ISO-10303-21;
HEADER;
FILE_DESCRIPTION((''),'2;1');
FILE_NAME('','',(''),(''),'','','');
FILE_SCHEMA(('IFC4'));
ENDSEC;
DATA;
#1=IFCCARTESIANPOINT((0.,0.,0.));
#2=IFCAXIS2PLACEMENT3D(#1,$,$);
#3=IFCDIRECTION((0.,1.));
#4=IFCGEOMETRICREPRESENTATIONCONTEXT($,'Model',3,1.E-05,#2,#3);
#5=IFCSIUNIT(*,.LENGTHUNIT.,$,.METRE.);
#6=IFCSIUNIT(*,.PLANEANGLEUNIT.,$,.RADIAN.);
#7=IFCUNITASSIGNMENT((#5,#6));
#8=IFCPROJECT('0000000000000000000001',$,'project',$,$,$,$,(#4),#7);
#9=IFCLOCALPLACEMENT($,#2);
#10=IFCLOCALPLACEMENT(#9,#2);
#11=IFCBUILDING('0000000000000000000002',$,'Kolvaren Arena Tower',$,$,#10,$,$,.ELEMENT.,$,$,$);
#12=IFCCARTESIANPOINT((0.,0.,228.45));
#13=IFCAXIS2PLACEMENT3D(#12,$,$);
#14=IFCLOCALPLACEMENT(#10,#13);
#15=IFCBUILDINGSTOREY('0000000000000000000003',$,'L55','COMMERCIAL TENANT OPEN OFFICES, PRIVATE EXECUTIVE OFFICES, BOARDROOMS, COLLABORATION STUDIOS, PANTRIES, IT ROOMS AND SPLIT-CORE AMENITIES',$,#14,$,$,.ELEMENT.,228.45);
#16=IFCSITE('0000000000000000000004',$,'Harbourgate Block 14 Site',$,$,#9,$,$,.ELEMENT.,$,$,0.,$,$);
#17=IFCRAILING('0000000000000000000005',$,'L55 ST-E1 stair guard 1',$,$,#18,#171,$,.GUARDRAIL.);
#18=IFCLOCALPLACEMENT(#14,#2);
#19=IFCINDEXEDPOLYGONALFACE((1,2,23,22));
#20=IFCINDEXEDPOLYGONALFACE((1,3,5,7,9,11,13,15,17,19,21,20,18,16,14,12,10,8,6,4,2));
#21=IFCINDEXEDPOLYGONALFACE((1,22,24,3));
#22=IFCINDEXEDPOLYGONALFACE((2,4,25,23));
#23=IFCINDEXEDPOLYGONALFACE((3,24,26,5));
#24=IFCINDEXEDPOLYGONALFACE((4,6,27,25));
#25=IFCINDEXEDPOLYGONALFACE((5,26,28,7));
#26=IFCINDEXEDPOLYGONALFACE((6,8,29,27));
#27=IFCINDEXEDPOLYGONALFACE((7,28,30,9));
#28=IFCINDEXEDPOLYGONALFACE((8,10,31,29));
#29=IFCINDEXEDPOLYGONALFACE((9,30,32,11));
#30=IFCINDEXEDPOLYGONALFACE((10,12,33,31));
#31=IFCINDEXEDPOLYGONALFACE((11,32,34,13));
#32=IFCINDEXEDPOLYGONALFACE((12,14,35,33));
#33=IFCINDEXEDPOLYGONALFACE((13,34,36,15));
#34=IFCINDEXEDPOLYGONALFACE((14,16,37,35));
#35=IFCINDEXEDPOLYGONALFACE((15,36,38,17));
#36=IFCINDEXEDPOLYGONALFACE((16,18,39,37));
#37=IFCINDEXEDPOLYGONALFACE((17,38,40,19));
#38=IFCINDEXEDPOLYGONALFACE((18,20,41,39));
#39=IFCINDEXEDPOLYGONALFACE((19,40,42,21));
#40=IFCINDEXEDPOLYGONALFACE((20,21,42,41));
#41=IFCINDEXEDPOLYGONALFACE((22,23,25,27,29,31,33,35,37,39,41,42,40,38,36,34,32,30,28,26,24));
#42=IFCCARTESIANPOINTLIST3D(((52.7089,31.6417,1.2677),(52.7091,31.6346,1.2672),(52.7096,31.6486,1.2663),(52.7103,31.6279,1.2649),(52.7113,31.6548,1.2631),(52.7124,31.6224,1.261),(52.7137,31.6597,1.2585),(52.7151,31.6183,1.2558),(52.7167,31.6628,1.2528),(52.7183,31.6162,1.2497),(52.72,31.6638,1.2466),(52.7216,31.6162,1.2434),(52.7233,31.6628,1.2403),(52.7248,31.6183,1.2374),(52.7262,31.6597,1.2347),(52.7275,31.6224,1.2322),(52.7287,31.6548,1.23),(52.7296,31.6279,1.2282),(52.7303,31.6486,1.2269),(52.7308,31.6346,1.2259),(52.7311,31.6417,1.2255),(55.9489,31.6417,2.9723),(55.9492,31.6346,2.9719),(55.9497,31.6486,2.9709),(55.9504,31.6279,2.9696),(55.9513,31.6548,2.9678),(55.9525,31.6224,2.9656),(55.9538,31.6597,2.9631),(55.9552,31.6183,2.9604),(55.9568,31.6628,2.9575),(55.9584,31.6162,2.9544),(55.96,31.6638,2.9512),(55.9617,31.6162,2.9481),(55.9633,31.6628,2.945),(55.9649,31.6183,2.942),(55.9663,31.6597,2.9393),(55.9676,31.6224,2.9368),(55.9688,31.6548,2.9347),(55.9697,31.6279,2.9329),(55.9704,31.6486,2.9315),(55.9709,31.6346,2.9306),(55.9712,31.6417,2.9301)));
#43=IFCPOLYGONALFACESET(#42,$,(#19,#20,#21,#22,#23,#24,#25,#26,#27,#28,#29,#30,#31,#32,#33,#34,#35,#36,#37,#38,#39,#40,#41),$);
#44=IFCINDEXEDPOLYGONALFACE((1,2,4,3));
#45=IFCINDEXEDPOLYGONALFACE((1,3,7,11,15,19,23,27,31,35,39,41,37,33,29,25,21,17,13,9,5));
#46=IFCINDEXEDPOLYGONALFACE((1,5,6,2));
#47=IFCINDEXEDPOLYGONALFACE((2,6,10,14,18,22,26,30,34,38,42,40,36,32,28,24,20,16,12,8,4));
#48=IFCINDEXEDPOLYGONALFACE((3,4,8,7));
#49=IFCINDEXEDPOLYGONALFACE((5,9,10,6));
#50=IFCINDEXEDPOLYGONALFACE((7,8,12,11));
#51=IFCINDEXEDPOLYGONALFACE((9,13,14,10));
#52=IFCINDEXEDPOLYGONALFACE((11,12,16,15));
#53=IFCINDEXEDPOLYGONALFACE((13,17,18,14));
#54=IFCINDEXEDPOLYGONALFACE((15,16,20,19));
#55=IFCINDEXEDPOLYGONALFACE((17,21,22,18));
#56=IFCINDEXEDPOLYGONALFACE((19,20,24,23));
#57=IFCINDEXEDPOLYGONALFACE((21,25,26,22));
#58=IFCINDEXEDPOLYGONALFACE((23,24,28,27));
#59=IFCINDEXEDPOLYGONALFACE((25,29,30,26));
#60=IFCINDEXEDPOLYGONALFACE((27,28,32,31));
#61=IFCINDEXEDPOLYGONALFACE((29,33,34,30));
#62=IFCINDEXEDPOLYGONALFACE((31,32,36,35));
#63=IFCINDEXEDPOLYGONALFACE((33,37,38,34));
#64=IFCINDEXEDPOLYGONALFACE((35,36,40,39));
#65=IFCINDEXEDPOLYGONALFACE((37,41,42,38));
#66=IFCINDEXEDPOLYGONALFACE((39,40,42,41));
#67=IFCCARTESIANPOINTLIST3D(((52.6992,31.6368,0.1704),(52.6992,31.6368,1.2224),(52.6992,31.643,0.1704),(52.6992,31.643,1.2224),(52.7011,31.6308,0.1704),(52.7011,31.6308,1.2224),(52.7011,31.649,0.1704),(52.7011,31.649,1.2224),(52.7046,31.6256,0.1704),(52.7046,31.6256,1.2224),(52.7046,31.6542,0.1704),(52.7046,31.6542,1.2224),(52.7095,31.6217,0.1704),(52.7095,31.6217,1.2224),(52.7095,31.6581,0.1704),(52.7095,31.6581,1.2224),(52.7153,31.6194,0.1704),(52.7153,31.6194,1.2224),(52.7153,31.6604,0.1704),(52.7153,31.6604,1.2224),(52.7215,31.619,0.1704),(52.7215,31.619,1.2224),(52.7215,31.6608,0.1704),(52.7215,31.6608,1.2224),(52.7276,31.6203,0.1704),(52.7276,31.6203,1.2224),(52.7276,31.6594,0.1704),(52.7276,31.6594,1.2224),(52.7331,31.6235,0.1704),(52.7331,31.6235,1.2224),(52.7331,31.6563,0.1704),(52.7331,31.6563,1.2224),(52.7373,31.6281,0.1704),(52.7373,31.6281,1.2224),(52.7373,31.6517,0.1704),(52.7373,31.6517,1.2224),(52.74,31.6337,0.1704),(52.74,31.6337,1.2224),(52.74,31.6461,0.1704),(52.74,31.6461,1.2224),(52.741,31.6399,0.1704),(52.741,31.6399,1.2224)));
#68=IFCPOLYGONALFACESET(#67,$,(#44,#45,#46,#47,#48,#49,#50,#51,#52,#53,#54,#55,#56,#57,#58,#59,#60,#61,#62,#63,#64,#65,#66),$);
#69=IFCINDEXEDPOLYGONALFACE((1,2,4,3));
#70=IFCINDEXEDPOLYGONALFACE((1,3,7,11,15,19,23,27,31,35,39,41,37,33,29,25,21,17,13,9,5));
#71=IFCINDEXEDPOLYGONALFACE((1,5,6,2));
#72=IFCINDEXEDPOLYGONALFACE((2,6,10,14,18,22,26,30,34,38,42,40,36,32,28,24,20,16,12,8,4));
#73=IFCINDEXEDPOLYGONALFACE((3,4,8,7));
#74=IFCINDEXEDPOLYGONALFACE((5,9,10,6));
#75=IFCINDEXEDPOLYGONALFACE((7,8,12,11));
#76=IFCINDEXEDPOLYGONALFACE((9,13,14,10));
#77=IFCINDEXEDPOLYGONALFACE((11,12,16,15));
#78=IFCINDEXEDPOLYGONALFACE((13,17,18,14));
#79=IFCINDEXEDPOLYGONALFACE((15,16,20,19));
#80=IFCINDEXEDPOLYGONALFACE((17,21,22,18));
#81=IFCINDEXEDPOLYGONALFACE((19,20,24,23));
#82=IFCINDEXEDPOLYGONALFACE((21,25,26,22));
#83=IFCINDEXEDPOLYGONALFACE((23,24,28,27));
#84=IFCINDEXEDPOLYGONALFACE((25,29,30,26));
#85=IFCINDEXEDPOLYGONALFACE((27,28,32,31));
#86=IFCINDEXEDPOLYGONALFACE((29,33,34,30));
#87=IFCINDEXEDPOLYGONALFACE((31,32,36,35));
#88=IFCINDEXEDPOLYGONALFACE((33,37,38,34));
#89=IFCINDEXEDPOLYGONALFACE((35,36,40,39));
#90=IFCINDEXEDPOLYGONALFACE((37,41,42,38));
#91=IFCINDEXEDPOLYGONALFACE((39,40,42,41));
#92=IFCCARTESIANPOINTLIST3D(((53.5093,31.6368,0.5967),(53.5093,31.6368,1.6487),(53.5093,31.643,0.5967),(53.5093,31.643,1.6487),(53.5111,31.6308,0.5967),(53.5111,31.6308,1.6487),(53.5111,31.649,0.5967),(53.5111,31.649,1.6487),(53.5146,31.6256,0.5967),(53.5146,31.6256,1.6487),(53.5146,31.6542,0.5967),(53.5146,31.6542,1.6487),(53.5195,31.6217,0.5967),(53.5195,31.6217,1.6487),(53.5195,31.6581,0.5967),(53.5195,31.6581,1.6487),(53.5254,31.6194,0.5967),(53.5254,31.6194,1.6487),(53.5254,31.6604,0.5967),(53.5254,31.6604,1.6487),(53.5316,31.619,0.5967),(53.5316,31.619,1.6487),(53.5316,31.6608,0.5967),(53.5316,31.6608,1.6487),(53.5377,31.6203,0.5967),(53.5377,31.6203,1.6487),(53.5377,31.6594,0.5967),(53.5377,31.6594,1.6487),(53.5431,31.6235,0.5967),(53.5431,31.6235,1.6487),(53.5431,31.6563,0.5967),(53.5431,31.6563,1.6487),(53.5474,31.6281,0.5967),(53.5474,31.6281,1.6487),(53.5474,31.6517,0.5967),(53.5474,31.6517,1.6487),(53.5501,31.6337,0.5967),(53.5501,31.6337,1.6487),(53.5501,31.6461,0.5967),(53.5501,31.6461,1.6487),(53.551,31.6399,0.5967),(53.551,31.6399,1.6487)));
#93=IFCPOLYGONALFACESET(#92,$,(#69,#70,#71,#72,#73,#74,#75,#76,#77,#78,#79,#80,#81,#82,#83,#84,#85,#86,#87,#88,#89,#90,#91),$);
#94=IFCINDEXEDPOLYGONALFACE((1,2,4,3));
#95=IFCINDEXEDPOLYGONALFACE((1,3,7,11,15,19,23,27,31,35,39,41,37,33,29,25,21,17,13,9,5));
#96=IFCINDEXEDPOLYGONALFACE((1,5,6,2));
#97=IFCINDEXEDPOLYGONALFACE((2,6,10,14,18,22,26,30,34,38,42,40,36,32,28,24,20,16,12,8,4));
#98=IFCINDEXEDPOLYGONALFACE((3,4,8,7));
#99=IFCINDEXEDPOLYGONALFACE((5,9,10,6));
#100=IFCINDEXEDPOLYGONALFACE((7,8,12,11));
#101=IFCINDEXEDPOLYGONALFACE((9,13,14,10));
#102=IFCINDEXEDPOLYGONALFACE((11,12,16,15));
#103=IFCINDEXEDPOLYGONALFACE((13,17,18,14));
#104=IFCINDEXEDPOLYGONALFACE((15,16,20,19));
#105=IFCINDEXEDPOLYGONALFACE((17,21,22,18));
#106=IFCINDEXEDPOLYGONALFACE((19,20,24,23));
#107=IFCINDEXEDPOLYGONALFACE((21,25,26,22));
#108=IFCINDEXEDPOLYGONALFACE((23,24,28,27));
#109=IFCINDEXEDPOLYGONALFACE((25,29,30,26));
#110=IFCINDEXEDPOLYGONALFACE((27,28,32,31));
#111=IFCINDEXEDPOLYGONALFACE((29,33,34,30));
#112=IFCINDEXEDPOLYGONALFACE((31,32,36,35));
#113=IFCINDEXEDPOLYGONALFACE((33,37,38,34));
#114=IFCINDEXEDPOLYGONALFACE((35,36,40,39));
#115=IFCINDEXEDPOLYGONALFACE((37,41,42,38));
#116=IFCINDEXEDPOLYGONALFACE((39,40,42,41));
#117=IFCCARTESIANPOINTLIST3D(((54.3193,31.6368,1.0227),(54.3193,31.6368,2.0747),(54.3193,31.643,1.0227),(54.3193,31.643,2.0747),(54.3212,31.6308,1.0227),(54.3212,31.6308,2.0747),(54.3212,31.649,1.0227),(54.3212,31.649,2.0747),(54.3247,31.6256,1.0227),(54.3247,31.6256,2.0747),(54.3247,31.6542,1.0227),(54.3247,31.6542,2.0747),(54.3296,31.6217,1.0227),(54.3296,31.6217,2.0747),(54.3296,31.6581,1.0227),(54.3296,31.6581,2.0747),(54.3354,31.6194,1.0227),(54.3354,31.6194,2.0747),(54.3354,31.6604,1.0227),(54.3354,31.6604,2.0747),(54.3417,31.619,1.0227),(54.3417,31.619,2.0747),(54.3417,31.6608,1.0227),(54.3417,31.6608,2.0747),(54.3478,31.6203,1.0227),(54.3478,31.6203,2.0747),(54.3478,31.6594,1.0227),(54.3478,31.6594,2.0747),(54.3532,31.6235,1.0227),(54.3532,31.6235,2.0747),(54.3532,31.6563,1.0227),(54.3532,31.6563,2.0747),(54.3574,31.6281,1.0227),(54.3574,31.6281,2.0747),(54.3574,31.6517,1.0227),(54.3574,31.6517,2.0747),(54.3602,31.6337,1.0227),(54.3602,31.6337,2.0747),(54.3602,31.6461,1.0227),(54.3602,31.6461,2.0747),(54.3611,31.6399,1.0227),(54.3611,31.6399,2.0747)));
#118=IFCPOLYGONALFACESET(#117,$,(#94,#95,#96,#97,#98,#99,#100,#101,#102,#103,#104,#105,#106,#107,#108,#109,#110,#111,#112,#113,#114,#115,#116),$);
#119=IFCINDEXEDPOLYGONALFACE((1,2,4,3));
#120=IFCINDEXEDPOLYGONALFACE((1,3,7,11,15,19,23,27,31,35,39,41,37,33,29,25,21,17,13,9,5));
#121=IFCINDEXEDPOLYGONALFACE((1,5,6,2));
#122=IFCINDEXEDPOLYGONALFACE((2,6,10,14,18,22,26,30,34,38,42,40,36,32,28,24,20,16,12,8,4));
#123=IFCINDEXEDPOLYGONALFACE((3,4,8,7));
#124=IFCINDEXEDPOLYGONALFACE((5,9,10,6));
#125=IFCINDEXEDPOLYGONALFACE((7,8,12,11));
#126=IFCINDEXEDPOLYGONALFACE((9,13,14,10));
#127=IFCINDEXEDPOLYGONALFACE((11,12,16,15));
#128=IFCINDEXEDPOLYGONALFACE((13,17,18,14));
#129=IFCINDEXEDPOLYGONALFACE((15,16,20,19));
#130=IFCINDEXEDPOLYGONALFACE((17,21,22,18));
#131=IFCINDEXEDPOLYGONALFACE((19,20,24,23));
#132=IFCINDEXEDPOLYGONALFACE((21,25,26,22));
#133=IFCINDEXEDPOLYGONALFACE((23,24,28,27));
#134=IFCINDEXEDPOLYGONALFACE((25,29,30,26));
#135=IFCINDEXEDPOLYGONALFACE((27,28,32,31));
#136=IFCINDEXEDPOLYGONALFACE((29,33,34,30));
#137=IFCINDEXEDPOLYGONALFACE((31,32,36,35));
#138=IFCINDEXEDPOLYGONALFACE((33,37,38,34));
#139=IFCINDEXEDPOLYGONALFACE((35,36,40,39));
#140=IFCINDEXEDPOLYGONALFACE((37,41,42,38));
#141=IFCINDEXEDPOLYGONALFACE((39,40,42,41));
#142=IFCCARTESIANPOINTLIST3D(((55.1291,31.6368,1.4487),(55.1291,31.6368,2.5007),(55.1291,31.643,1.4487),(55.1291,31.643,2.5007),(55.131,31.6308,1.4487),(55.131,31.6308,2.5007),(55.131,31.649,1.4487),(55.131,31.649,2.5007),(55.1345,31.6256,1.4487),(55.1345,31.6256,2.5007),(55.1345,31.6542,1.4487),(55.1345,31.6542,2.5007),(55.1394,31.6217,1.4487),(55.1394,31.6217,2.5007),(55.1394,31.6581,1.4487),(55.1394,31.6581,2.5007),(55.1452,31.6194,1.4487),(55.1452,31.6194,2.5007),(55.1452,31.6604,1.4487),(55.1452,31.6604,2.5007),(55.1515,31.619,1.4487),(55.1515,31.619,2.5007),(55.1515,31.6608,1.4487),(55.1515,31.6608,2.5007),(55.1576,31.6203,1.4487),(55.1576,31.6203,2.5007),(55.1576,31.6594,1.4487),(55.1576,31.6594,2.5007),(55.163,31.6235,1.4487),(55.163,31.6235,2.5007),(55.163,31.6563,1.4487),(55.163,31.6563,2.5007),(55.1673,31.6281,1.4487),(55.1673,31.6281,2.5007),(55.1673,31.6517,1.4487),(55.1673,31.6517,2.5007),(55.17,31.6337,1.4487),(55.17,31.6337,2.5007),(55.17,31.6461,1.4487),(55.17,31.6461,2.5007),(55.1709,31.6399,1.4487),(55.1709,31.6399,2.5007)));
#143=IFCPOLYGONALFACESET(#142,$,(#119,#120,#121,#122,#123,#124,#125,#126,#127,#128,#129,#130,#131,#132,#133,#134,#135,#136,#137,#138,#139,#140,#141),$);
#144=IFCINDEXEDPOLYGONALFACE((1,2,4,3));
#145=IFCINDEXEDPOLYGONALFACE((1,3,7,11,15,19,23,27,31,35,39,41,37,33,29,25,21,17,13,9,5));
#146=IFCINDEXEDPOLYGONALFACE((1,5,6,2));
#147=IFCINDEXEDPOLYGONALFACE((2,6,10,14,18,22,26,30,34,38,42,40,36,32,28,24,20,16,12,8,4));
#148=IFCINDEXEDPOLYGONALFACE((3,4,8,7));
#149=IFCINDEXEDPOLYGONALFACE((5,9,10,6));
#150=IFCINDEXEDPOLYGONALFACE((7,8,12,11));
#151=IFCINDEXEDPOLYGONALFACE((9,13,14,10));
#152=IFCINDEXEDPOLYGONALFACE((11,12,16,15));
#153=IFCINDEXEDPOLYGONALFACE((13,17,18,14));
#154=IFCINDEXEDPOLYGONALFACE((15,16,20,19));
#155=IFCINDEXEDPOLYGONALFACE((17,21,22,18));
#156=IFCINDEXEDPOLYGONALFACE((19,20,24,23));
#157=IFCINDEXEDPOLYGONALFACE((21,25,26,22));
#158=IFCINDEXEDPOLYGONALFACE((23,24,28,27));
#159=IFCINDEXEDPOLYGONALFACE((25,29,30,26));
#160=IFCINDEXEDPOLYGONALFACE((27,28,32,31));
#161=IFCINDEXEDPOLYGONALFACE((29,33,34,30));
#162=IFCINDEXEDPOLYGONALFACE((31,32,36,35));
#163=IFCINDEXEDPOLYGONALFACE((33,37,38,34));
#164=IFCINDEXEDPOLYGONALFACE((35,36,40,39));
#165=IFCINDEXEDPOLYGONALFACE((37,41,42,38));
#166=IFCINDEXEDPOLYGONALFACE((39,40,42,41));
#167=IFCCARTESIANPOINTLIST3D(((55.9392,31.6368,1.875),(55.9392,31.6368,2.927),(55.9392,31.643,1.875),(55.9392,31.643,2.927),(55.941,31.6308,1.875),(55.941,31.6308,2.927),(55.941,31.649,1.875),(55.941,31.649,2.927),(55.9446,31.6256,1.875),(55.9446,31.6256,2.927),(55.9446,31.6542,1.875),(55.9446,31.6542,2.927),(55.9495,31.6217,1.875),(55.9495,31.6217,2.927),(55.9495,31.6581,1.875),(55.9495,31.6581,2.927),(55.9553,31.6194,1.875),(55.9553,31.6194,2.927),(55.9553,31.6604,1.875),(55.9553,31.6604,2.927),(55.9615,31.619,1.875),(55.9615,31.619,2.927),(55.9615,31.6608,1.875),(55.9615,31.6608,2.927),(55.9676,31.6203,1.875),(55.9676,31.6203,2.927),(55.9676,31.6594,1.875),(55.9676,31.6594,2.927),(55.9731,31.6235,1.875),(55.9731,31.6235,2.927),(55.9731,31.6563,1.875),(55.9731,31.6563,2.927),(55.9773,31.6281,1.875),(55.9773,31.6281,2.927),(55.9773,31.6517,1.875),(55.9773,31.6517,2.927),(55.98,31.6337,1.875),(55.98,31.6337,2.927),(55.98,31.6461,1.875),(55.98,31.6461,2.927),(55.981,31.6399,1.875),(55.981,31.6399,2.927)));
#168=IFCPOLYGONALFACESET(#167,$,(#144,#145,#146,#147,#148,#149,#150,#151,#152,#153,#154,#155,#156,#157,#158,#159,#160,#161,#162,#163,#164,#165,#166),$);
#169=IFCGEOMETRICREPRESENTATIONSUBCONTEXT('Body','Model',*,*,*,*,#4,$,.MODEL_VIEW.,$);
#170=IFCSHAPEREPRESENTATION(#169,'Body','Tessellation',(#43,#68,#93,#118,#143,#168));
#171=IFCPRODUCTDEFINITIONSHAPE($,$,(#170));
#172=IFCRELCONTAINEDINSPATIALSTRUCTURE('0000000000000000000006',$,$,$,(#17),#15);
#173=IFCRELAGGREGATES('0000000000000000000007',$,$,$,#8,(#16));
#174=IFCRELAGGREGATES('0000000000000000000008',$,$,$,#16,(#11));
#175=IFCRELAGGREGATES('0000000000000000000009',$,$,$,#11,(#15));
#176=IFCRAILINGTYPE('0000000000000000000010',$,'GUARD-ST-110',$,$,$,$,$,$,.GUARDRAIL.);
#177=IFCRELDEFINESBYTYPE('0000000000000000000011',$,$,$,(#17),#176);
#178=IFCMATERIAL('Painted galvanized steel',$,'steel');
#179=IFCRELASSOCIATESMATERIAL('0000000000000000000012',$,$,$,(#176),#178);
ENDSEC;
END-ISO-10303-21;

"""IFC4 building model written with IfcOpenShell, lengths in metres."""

from ifc_helpers import new_model, si_unit, direction, frame, origin, origin_2d, place, context, subcontext, project, spatial, circle, extrude, material, type_object, element, save


model = new_model("IFC4")

# Units and contexts
model_context = context("Model", 3, precision=1e-05, world=origin(), true_north=direction((0.0, 1.0)))
body_context = subcontext(model_context, "Body", "Model", "MODEL_VIEW")
ifc_project = project(units=[si_unit("LENGTHUNIT", "METRE"), si_unit("PLANEANGLEUNIT", "RADIAN")], contexts=[model_context])

# Site, building, storey
site_placement = place(None, origin())
site = spatial("IfcSite", under=ifc_project, at=site_placement, Name="Harbourgate Block 14 Site", CompositionType="ELEMENT", RefElevation=0.0)
building_placement = place(site_placement, origin())
building = spatial("IfcBuilding", under=site, at=building_placement, Name="Kolvaren Arena Tower", CompositionType="ELEMENT")
storey_placement = place(building_placement, frame((0.0, 0.0, 228.45)))
storey = spatial("IfcBuildingStorey", under=building, at=storey_placement, Name="L55", Description="COMMERCIAL TENANT OPEN OFFICES, PRIVATE EXECUTIVE OFFICES, BOARDROOMS, COLLABORATION STUDIOS, PANTRIES, IT ROOMS AND SPLIT-CORE AMENITIES", CompositionType="ELEMENT", Elevation=228.45)

# Railing
ifc_material_1 = material(Name="Painted galvanized steel", Category="steel")
railing_type_1 = type_object("IfcRailingType", Name="GUARD-ST-110", PredefinedType="GUARDRAIL", material=ifc_material_1)
railing_1_placement = place(storey_placement, frame((52.72, 31.6399, 0.1704)))
element("IfcRailing", 1, at=railing_1_placement, inside=storey, type_object=railing_type_1, Name="L55 ST-E1 stair guard 1", PredefinedType="GUARDRAIL", context=body_context, shape_type="SweptSolid", body=[
    extrude(circle(Radius=0.0239, at=origin_2d()), frame((0.0, 0.0, 1.0762), z_axis=(0.884993, 0.0, 0.465604), x_axis=(0.0, 1.0, 0.0)), (0.0, 0.0, 1.0), 3.6611),
    extrude(circle(Radius=0.021, at=origin_2d()), origin(), (0.0, 0.0, 1.0), 1.052),
    extrude(circle(Radius=0.021, at=origin_2d()), frame((0.8101, 0.0, 0.4263)), (0.0, 0.0, 1.0), 1.052),
    extrude(circle(Radius=0.021, at=origin_2d()), frame((1.6201, 0.0, 0.8523)), (0.0, 0.0, 1.0), 1.052),
    extrude(circle(Radius=0.021, at=origin_2d()), frame((2.4299, 0.0, 1.2783)), (0.0, 0.0, 1.0), 1.052),
    extrude(circle(Radius=0.021, at=origin_2d()), frame((3.24, 0.0, 1.7046)), (0.0, 0.0, 1.0), 1.052),
])

save(model, "model.ifc")
